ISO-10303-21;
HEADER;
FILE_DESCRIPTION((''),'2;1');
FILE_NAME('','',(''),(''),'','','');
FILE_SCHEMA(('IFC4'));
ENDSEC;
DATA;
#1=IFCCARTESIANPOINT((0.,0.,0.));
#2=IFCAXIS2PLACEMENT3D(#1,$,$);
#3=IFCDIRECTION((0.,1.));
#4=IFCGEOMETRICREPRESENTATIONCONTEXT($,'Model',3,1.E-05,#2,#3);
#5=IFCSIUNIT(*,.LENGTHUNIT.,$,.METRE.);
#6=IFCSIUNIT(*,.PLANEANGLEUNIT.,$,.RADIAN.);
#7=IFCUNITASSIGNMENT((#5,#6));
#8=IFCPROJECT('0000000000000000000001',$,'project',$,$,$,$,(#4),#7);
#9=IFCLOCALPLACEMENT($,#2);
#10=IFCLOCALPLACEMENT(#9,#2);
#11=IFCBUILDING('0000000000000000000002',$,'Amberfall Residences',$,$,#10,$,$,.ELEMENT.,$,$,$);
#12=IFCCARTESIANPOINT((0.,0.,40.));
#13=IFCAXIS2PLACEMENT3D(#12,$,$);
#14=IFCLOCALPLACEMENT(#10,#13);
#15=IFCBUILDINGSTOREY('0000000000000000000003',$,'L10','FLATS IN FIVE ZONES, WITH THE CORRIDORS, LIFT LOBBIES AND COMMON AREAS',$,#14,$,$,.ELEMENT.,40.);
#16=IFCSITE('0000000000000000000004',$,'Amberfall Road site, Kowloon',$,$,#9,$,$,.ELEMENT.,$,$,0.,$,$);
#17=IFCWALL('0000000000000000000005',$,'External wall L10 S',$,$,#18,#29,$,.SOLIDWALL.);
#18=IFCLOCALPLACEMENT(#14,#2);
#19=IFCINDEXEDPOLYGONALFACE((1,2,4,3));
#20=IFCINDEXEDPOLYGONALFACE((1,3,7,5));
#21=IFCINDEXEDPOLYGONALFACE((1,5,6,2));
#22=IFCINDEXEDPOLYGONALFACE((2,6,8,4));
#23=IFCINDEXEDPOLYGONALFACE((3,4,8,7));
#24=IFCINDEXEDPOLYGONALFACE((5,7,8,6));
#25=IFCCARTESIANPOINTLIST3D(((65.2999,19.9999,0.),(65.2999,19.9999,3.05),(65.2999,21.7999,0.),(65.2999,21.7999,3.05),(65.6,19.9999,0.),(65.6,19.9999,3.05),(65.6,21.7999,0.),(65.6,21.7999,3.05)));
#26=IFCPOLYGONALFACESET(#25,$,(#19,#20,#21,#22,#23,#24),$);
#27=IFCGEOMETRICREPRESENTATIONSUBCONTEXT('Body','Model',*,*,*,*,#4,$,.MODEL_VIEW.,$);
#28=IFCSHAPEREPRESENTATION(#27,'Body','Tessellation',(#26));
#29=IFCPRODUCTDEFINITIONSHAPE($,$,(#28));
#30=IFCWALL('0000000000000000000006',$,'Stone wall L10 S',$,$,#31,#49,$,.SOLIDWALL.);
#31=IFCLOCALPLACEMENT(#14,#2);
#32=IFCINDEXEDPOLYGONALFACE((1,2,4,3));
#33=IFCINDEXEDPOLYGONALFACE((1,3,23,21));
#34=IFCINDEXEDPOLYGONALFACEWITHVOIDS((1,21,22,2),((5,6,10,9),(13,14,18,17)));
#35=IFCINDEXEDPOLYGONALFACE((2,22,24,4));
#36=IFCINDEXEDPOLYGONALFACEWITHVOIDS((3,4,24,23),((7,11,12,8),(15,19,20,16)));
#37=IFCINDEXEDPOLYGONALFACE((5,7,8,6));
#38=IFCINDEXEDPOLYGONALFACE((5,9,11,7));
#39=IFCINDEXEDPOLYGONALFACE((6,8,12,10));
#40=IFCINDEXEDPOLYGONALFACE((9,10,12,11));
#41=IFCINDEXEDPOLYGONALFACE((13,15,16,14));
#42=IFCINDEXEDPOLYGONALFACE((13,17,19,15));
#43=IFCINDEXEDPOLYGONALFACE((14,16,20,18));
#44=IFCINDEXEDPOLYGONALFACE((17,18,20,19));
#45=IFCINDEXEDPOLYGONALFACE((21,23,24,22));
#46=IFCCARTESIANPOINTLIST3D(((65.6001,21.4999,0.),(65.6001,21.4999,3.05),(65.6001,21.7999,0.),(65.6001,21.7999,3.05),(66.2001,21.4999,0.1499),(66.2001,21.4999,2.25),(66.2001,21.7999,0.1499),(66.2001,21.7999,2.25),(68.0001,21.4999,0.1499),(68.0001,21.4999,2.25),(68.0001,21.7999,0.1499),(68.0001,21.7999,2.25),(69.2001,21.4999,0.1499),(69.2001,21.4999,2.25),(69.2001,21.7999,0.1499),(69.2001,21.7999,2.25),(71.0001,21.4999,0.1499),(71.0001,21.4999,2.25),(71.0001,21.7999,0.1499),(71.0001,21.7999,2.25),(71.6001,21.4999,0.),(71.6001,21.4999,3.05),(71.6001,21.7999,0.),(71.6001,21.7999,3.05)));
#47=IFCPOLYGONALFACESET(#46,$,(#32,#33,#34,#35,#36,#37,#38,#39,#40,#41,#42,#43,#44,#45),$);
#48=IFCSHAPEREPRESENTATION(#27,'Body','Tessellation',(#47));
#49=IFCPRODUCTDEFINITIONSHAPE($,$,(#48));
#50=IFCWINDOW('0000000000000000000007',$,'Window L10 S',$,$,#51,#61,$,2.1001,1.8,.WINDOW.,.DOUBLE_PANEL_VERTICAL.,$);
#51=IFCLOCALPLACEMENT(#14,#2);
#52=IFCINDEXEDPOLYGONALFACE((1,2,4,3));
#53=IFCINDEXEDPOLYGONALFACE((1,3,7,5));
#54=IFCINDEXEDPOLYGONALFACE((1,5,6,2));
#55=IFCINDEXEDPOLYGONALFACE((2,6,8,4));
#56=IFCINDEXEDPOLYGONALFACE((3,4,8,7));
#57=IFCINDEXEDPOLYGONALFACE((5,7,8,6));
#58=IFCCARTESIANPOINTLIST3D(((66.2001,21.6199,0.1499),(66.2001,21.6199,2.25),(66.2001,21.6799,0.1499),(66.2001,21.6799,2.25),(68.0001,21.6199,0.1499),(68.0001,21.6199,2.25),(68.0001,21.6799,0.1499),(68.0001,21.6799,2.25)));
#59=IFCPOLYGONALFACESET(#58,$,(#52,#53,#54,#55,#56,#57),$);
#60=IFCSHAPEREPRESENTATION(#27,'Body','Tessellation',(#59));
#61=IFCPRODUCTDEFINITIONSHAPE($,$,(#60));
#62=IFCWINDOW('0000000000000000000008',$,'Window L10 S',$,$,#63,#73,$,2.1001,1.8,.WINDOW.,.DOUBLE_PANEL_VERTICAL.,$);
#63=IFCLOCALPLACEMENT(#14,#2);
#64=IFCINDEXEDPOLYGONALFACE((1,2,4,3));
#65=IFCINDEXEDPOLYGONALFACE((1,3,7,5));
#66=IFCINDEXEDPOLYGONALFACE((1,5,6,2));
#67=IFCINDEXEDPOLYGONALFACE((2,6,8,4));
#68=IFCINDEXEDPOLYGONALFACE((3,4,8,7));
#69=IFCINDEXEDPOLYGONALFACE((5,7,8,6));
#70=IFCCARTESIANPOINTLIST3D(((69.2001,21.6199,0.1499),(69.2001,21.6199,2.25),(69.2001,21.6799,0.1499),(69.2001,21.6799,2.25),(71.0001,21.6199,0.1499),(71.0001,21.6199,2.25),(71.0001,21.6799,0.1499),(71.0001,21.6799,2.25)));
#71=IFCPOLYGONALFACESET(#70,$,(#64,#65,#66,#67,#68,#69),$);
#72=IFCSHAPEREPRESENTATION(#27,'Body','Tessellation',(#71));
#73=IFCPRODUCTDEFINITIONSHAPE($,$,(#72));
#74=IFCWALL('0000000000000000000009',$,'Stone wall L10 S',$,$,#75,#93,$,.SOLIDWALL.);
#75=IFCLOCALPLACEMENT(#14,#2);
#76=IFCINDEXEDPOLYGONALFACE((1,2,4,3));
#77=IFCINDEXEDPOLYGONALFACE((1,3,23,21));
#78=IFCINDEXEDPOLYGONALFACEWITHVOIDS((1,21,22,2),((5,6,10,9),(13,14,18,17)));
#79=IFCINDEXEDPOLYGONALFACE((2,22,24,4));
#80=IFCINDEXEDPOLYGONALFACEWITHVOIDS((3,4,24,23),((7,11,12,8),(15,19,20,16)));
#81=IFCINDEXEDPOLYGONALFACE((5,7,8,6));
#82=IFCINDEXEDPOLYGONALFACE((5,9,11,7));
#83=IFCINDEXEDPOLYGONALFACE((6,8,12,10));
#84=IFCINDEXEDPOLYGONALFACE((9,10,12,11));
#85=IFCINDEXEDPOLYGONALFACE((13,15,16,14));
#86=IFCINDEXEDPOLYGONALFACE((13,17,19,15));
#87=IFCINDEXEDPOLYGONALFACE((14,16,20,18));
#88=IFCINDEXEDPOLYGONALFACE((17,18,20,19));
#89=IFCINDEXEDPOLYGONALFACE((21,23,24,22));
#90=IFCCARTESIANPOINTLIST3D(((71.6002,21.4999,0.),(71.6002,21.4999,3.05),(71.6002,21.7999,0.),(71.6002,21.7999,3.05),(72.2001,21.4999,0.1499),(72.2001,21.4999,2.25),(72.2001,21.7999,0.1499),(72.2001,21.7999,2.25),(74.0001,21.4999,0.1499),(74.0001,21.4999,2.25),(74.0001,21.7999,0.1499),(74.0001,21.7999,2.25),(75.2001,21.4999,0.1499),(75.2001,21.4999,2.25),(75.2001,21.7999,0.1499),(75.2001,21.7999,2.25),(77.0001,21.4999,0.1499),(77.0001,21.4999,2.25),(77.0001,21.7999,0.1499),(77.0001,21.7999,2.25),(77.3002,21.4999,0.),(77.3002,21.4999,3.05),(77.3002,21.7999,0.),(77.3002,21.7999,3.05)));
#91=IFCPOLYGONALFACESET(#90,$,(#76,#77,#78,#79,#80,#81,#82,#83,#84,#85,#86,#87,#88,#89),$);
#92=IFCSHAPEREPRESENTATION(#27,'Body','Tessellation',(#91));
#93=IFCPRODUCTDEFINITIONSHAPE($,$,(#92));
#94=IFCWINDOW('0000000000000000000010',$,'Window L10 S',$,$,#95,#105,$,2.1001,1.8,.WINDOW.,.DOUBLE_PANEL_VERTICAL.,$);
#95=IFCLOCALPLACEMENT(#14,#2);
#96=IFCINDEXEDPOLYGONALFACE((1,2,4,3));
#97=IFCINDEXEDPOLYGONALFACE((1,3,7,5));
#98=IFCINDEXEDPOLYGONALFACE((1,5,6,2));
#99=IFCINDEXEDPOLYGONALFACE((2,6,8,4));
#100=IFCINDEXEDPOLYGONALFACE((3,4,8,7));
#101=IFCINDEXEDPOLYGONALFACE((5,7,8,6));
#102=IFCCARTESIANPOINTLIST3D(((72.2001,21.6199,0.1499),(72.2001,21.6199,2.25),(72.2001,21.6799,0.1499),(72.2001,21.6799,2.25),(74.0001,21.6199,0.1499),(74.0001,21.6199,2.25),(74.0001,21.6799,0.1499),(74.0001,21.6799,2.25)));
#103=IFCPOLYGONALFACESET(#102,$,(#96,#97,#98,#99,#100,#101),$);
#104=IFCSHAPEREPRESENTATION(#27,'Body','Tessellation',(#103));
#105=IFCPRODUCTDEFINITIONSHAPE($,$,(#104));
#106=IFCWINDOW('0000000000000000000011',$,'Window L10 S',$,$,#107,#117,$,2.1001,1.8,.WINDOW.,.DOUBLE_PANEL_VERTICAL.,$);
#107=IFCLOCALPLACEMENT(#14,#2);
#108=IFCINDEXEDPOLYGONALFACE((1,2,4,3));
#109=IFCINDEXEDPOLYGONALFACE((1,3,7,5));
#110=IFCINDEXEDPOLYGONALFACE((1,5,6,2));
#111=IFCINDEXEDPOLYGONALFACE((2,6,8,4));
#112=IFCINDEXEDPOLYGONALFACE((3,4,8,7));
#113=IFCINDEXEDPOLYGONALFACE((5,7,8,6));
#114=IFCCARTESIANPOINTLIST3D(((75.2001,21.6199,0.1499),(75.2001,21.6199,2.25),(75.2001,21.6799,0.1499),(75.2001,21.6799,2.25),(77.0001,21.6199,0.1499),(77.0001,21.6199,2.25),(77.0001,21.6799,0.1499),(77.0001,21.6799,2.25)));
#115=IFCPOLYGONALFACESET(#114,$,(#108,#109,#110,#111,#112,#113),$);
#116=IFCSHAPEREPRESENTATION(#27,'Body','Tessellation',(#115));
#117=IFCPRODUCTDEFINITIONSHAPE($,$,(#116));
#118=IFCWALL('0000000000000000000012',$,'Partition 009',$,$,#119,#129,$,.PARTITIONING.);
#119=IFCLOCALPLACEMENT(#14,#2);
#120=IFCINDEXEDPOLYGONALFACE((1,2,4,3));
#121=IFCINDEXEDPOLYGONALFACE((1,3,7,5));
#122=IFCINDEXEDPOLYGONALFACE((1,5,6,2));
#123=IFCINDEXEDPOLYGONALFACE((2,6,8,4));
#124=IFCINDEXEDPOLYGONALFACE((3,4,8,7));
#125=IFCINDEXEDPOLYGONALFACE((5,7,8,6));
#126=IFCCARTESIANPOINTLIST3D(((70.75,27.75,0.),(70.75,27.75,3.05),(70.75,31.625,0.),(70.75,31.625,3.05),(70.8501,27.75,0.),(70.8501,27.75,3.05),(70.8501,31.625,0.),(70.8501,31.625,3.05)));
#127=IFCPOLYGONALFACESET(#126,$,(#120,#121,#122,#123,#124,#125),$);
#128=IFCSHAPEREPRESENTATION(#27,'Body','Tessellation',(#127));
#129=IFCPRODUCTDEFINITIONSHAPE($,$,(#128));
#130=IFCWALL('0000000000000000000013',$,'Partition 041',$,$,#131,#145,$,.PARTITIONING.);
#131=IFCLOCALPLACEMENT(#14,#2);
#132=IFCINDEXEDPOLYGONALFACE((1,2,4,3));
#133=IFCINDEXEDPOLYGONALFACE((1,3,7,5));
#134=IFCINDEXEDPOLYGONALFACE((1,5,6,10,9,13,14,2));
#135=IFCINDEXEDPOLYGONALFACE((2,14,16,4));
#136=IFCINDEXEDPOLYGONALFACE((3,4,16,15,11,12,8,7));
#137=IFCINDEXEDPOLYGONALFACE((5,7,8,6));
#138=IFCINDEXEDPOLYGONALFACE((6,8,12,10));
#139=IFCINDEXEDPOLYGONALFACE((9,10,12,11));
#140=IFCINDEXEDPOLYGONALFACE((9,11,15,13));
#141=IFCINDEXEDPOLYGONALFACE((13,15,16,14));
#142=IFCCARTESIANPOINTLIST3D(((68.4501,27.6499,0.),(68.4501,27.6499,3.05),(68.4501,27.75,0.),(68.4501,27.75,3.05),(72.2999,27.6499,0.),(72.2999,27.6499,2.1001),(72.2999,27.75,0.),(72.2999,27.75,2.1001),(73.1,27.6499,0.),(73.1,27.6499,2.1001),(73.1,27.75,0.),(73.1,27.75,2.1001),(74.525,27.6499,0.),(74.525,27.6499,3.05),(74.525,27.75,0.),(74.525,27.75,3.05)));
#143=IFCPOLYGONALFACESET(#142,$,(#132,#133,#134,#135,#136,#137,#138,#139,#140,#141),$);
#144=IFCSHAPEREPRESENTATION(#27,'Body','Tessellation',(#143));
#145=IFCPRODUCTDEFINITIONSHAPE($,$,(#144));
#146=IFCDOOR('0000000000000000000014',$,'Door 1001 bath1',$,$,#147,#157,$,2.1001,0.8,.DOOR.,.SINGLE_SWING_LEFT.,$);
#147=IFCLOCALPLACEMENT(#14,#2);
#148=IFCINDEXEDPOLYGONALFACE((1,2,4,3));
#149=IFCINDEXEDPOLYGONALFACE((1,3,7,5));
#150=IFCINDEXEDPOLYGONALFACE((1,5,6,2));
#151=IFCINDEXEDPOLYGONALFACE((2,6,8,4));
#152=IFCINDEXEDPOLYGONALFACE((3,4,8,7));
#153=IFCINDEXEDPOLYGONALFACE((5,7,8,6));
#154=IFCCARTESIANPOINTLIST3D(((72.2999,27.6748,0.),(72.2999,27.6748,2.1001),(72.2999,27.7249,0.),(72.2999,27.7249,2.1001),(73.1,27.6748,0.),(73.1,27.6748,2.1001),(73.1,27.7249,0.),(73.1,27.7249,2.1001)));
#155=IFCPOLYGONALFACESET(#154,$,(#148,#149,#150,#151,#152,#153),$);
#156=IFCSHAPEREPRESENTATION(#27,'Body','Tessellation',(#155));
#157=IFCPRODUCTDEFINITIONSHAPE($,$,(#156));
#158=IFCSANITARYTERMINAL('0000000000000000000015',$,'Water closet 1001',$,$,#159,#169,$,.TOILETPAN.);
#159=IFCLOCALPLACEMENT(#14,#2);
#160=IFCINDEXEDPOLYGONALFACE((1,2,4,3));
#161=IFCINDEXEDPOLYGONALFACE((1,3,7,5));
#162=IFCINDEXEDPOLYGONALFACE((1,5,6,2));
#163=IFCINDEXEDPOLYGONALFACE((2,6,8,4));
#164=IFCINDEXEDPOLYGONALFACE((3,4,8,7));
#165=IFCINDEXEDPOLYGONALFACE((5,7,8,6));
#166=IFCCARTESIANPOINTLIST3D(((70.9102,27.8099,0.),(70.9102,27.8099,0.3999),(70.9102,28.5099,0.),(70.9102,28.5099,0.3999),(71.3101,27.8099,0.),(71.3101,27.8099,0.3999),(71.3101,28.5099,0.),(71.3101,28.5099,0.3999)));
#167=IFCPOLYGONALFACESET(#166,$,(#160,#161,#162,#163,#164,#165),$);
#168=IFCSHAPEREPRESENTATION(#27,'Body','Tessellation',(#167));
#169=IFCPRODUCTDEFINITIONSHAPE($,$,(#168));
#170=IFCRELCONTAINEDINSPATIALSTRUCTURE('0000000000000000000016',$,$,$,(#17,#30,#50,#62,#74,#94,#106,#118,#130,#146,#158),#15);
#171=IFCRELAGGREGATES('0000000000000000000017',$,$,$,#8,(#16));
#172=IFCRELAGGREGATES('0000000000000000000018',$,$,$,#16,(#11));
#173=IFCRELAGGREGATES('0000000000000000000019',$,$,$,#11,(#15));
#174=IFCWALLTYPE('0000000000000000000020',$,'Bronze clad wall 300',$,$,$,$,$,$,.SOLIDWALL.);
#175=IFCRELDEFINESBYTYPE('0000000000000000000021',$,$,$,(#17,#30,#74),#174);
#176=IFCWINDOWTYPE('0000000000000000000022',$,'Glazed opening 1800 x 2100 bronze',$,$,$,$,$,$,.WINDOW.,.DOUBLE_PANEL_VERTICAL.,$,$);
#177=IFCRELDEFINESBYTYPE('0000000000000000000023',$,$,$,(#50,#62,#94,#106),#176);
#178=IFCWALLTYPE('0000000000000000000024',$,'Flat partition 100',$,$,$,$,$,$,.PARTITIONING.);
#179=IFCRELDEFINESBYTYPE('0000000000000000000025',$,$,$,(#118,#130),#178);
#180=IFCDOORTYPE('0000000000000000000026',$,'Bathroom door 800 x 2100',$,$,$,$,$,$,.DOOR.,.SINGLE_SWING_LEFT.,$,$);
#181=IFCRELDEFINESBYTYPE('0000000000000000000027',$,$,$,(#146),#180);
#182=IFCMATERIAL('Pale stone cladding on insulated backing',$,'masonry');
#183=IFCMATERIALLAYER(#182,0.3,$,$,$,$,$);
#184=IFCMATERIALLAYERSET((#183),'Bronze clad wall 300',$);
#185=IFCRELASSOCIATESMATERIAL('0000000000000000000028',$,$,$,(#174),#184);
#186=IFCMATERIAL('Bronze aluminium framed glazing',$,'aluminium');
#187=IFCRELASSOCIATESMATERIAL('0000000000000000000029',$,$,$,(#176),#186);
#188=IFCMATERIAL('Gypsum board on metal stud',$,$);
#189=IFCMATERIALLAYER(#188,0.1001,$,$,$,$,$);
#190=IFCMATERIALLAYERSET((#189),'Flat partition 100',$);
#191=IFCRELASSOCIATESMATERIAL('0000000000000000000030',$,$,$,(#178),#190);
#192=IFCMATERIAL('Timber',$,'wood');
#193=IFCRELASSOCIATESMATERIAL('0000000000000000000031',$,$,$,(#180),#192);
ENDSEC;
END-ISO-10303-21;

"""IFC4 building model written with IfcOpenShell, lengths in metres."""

from ifc_helpers import new_model, si_unit, direction, frame, frame_2d, origin, origin_2d, place, context, subcontext, project, spatial, rectangle, extrude, material, layer, layer_set, type_object, element, fill, save


model = new_model("IFC4")

# Units and contexts
model_context = context("Model", 3, precision=1e-05, world=origin(), true_north=direction((0.0, 1.0)))
body_context = subcontext(model_context, "Body", "Model", "MODEL_VIEW")
ifc_project = project(units=[si_unit("LENGTHUNIT", "METRE"), si_unit("PLANEANGLEUNIT", "RADIAN")], contexts=[model_context])

# Site, building, storey
site_placement = place(None, origin())
site = spatial("IfcSite", under=ifc_project, at=site_placement, Name="Amberfall Road site, Kowloon", CompositionType="ELEMENT", RefElevation=0.0)
building_placement = place(site_placement, origin())
building = spatial("IfcBuilding", under=site, at=building_placement, Name="Amberfall Residences", CompositionType="ELEMENT")
storey_placement = place(building_placement, frame((0.0, 0.0, 40.0)))
storey = spatial("IfcBuildingStorey", under=building, at=storey_placement, Name="L10", Description="FLATS IN FIVE ZONES, WITH THE CORRIDORS, LIFT LOBBIES AND COMMON AREAS", CompositionType="ELEMENT", Elevation=40.0)

# Wall
ifc_material_1 = material(Name="Pale stone cladding on insulated backing", Category="masonry")
ifc_layer_1 = layer(ifc_material_1, 0.3)
ifc_layer_set_1 = layer_set([ifc_layer_1], Name="Bronze clad wall 300")
wall_type_1 = type_object("IfcWallType", Name="Bronze clad wall 300", PredefinedType="SOLIDWALL", material=ifc_layer_set_1)
wall_1_placement = place(storey_placement, frame((65.45, 20.0, 0.0), z_axis=(0.0, 0.0, 1.0), x_axis=(0.0, 1.0, 0.0)))
element("IfcWall", 1, at=wall_1_placement, inside=storey, type_object=wall_type_1, Name="External wall L10 S", PredefinedType="SOLIDWALL", context=body_context, shape_type="SweptSolid", body=[
    extrude(rectangle(XDim=1.8, YDim=0.3, at=frame_2d((0.8999, 0.0))), origin(), (0.0, 0.0, 1.0), 3.05),
])

# Walls, openings, windows
wall_2_placement = place(storey_placement, frame((65.6001, 21.6499, 0.0), z_axis=(0.0, 0.0, 1.0), x_axis=(1.0, 0.0, 0.0)))
wall_2 = element("IfcWall", 2, at=wall_2_placement, inside=storey, type_object=wall_type_1, Name="Stone wall L10 S", PredefinedType="SOLIDWALL", context=body_context, shape_type="SweptSolid", body=[
    extrude(rectangle(XDim=6.0, YDim=0.3, at=frame_2d((3.0, 0.0))), origin(), (0.0, 0.0, 1.0), 3.05),
])
opening_1_placement = place(wall_2_placement, frame((0.6001, 0.0, 0.1499)))
opening_1 = element("IfcOpeningElement", 3, at=opening_1_placement, cuts=wall_2, PredefinedType="OPENING", context=body_context, shape_type="SweptSolid", body=[
    extrude(rectangle(XDim=1.8, YDim=2.1001, at=frame_2d((0.8999, 1.05))), frame((0.0, 0.1599, 0.0), z_axis=(0.0, -1.0, 0.0), x_axis=(1.0, 0.0, 0.0)), (0.0, 0.0, 1.0), 0.3201),
])
opening_2_placement = place(wall_2_placement, frame((3.6001, 0.0, 0.1499)))
opening_2 = element("IfcOpeningElement", 4, at=opening_2_placement, cuts=wall_2, PredefinedType="OPENING", context=body_context, shape_type="SweptSolid", body=[
    extrude(rectangle(XDim=1.8, YDim=2.1001, at=frame_2d((0.8999, 1.05))), frame((0.0, 0.1599, 0.0), z_axis=(0.0, -1.0, 0.0), x_axis=(1.0, 0.0, 0.0)), (0.0, 0.0, 1.0), 0.3201),
])
ifc_material_2 = material(Name="Bronze aluminium framed glazing", Category="aluminium")
window_type = type_object("IfcWindowType", Name="Glazed opening 1800 x 2100 bronze", PartitioningType="DOUBLE_PANEL_VERTICAL", PredefinedType="WINDOW", material=ifc_material_2)
window_1_placement = place(opening_1_placement, origin())
window_1 = element("IfcWindow", 5, at=window_1_placement, inside=storey, type_object=window_type, Name="Window L10 S", OverallHeight=2.1001, OverallWidth=1.8, PartitioningType="DOUBLE_PANEL_VERTICAL", PredefinedType="WINDOW", context=body_context, shape_type="SweptSolid", body=[
    extrude(rectangle(XDim=1.8, YDim=2.1001, at=frame_2d((0.8999, 1.05))), frame((0.0, 0.03, 0.0), z_axis=(0.0, -1.0, 0.0), x_axis=(1.0, 0.0, 0.0)), (0.0, 0.0, 1.0), 0.0601),
])
fill(opening_1, window_1)
window_2_placement = place(opening_2_placement, origin())
window_2 = element("IfcWindow", 6, at=window_2_placement, inside=storey, type_object=window_type, Name="Window L10 S", OverallHeight=2.1001, OverallWidth=1.8, PartitioningType="DOUBLE_PANEL_VERTICAL", PredefinedType="WINDOW", context=body_context, shape_type="SweptSolid", body=[
    extrude(rectangle(XDim=1.8, YDim=2.1001, at=frame_2d((0.8999, 1.05))), frame((0.0, 0.03, 0.0), z_axis=(0.0, -1.0, 0.0), x_axis=(1.0, 0.0, 0.0)), (0.0, 0.0, 1.0), 0.0601),
])
fill(opening_2, window_2)
wall_3_placement = place(storey_placement, frame((71.6001, 21.6499, 0.0), z_axis=(0.0, 0.0, 1.0), x_axis=(1.0, 0.0, 0.0)))
wall_3 = element("IfcWall", 7, at=wall_3_placement, inside=storey, type_object=wall_type_1, Name="Stone wall L10 S", PredefinedType="SOLIDWALL", context=body_context, shape_type="SweptSolid", body=[
    extrude(rectangle(XDim=5.7, YDim=0.3, at=frame_2d((2.8501, 0.0))), origin(), (0.0, 0.0, 1.0), 3.05),
])
opening_3_placement = place(wall_3_placement, frame((0.6001, 0.0, 0.1499)))
opening_3 = element("IfcOpeningElement", 8, at=opening_3_placement, cuts=wall_3, PredefinedType="OPENING", context=body_context, shape_type="SweptSolid", body=[
    extrude(rectangle(XDim=1.8, YDim=2.1001, at=frame_2d((0.8999, 1.05))), frame((0.0, 0.1599, 0.0), z_axis=(0.0, -1.0, 0.0), x_axis=(1.0, 0.0, 0.0)), (0.0, 0.0, 1.0), 0.3201),
])
opening_4_placement = place(wall_3_placement, frame((3.6001, 0.0, 0.1499)))
opening_4 = element("IfcOpeningElement", 9, at=opening_4_placement, cuts=wall_3, PredefinedType="OPENING", context=body_context, shape_type="SweptSolid", body=[
    extrude(rectangle(XDim=1.8, YDim=2.1001, at=frame_2d((0.8999, 1.05))), frame((0.0, 0.1599, 0.0), z_axis=(0.0, -1.0, 0.0), x_axis=(1.0, 0.0, 0.0)), (0.0, 0.0, 1.0), 0.3201),
])
window_3_placement = place(opening_3_placement, origin())
window_3 = element("IfcWindow", 10, at=window_3_placement, inside=storey, type_object=window_type, Name="Window L10 S", OverallHeight=2.1001, OverallWidth=1.8, PartitioningType="DOUBLE_PANEL_VERTICAL", PredefinedType="WINDOW", context=body_context, shape_type="SweptSolid", body=[
    extrude(rectangle(XDim=1.8, YDim=2.1001, at=frame_2d((0.8999, 1.05))), frame((0.0, 0.03, 0.0), z_axis=(0.0, -1.0, 0.0), x_axis=(1.0, 0.0, 0.0)), (0.0, 0.0, 1.0), 0.0601),
])
fill(opening_3, window_3)
window_4_placement = place(opening_4_placement, origin())
window_4 = element("IfcWindow", 11, at=window_4_placement, inside=storey, type_object=window_type, Name="Window L10 S", OverallHeight=2.1001, OverallWidth=1.8, PartitioningType="DOUBLE_PANEL_VERTICAL", PredefinedType="WINDOW", context=body_context, shape_type="SweptSolid", body=[
    extrude(rectangle(XDim=1.8, YDim=2.1001, at=frame_2d((0.8999, 1.05))), frame((0.0, 0.03, 0.0), z_axis=(0.0, -1.0, 0.0), x_axis=(1.0, 0.0, 0.0)), (0.0, 0.0, 1.0), 0.0601),
])
fill(opening_4, window_4)

# Wall
ifc_material_3 = material(Name="Gypsum board on metal stud")
ifc_layer_2 = layer(ifc_material_3, 0.1001)
ifc_layer_set_2 = layer_set([ifc_layer_2], Name="Flat partition 100")
wall_type_2 = type_object("IfcWallType", Name="Flat partition 100", PredefinedType="PARTITIONING", material=ifc_layer_set_2)
wall_4_placement = place(storey_placement, frame((70.8, 27.75, 0.0), z_axis=(0.0, 0.0, 1.0), x_axis=(0.0, 1.0, 0.0)))
element("IfcWall", 12, at=wall_4_placement, inside=storey, type_object=wall_type_2, Name="Partition 009", PredefinedType="PARTITIONING", context=body_context, shape_type="SweptSolid", body=[
    extrude(rectangle(XDim=3.875, YDim=0.1001, at=frame_2d((1.9375, 0.0))), origin(), (0.0, 0.0, 1.0), 3.05),
])

# Wall, opening, door
wall_5_placement = place(storey_placement, frame((68.45, 27.7, 0.0), z_axis=(0.0, 0.0, 1.0), x_axis=(1.0, 0.0, 0.0)))
wall_5 = element("IfcWall", 13, at=wall_5_placement, inside=storey, type_object=wall_type_2, Name="Partition 041", PredefinedType="PARTITIONING", context=body_context, shape_type="SweptSolid", body=[
    extrude(rectangle(XDim=6.075, YDim=0.1001, at=frame_2d((3.0376, 0.0))), origin(), (0.0, 0.0, 1.0), 3.05),
])
opening_5_placement = place(wall_5_placement, frame((3.8501, 0.0, 0.0)))
opening_5 = element("IfcOpeningElement", 14, at=opening_5_placement, cuts=wall_5, PredefinedType="OPENING", context=body_context, shape_type="SweptSolid", body=[
    extrude(rectangle(XDim=0.8, YDim=2.1001, at=frame_2d((0.3999, 1.05))), frame((0.0, 0.0601, 0.0), z_axis=(0.0, -1.0, 0.0), x_axis=(1.0, 0.0, 0.0)), (0.0, 0.0, 1.0), 0.1201),
])
ifc_material_4 = material(Name="Timber", Category="wood")
door_type = type_object("IfcDoorType", Name="Bathroom door 800 x 2100", OperationType="SINGLE_SWING_LEFT", PredefinedType="DOOR", material=ifc_material_4)
door_placement = place(opening_5_placement, origin())
door = element("IfcDoor", 15, at=door_placement, inside=storey, type_object=door_type, Name="Door 1001 bath1", OperationType="SINGLE_SWING_LEFT", OverallHeight=2.1001, OverallWidth=0.8, PredefinedType="DOOR", context=body_context, shape_type="SweptSolid", body=[
    extrude(rectangle(XDim=0.8, YDim=2.1001, at=frame_2d((0.3999, 1.05))), frame((0.0, 0.0249, 0.0), z_axis=(0.0, -1.0, 0.0), x_axis=(1.0, 0.0, 0.0)), (0.0, 0.0, 1.0), 0.05),
])
fill(opening_5, door)

# Sanitary terminal
sanitary_terminal_placement = place(storey_placement, frame((71.1101, 28.1599, 0.0), z_axis=(0.0, 0.0, 1.0), x_axis=(1.0, 0.0, 0.0)))
element("IfcSanitaryTerminal", 16, at=sanitary_terminal_placement, inside=storey, Name="Water closet 1001", PredefinedType="TOILETPAN", context=body_context, shape_type="SweptSolid", body=[
    extrude(rectangle(XDim=0.3999, YDim=0.7, at=origin_2d()), origin(), (0.0, 0.0, 1.0), 0.3999),
])

save(model, "model.ifc")
